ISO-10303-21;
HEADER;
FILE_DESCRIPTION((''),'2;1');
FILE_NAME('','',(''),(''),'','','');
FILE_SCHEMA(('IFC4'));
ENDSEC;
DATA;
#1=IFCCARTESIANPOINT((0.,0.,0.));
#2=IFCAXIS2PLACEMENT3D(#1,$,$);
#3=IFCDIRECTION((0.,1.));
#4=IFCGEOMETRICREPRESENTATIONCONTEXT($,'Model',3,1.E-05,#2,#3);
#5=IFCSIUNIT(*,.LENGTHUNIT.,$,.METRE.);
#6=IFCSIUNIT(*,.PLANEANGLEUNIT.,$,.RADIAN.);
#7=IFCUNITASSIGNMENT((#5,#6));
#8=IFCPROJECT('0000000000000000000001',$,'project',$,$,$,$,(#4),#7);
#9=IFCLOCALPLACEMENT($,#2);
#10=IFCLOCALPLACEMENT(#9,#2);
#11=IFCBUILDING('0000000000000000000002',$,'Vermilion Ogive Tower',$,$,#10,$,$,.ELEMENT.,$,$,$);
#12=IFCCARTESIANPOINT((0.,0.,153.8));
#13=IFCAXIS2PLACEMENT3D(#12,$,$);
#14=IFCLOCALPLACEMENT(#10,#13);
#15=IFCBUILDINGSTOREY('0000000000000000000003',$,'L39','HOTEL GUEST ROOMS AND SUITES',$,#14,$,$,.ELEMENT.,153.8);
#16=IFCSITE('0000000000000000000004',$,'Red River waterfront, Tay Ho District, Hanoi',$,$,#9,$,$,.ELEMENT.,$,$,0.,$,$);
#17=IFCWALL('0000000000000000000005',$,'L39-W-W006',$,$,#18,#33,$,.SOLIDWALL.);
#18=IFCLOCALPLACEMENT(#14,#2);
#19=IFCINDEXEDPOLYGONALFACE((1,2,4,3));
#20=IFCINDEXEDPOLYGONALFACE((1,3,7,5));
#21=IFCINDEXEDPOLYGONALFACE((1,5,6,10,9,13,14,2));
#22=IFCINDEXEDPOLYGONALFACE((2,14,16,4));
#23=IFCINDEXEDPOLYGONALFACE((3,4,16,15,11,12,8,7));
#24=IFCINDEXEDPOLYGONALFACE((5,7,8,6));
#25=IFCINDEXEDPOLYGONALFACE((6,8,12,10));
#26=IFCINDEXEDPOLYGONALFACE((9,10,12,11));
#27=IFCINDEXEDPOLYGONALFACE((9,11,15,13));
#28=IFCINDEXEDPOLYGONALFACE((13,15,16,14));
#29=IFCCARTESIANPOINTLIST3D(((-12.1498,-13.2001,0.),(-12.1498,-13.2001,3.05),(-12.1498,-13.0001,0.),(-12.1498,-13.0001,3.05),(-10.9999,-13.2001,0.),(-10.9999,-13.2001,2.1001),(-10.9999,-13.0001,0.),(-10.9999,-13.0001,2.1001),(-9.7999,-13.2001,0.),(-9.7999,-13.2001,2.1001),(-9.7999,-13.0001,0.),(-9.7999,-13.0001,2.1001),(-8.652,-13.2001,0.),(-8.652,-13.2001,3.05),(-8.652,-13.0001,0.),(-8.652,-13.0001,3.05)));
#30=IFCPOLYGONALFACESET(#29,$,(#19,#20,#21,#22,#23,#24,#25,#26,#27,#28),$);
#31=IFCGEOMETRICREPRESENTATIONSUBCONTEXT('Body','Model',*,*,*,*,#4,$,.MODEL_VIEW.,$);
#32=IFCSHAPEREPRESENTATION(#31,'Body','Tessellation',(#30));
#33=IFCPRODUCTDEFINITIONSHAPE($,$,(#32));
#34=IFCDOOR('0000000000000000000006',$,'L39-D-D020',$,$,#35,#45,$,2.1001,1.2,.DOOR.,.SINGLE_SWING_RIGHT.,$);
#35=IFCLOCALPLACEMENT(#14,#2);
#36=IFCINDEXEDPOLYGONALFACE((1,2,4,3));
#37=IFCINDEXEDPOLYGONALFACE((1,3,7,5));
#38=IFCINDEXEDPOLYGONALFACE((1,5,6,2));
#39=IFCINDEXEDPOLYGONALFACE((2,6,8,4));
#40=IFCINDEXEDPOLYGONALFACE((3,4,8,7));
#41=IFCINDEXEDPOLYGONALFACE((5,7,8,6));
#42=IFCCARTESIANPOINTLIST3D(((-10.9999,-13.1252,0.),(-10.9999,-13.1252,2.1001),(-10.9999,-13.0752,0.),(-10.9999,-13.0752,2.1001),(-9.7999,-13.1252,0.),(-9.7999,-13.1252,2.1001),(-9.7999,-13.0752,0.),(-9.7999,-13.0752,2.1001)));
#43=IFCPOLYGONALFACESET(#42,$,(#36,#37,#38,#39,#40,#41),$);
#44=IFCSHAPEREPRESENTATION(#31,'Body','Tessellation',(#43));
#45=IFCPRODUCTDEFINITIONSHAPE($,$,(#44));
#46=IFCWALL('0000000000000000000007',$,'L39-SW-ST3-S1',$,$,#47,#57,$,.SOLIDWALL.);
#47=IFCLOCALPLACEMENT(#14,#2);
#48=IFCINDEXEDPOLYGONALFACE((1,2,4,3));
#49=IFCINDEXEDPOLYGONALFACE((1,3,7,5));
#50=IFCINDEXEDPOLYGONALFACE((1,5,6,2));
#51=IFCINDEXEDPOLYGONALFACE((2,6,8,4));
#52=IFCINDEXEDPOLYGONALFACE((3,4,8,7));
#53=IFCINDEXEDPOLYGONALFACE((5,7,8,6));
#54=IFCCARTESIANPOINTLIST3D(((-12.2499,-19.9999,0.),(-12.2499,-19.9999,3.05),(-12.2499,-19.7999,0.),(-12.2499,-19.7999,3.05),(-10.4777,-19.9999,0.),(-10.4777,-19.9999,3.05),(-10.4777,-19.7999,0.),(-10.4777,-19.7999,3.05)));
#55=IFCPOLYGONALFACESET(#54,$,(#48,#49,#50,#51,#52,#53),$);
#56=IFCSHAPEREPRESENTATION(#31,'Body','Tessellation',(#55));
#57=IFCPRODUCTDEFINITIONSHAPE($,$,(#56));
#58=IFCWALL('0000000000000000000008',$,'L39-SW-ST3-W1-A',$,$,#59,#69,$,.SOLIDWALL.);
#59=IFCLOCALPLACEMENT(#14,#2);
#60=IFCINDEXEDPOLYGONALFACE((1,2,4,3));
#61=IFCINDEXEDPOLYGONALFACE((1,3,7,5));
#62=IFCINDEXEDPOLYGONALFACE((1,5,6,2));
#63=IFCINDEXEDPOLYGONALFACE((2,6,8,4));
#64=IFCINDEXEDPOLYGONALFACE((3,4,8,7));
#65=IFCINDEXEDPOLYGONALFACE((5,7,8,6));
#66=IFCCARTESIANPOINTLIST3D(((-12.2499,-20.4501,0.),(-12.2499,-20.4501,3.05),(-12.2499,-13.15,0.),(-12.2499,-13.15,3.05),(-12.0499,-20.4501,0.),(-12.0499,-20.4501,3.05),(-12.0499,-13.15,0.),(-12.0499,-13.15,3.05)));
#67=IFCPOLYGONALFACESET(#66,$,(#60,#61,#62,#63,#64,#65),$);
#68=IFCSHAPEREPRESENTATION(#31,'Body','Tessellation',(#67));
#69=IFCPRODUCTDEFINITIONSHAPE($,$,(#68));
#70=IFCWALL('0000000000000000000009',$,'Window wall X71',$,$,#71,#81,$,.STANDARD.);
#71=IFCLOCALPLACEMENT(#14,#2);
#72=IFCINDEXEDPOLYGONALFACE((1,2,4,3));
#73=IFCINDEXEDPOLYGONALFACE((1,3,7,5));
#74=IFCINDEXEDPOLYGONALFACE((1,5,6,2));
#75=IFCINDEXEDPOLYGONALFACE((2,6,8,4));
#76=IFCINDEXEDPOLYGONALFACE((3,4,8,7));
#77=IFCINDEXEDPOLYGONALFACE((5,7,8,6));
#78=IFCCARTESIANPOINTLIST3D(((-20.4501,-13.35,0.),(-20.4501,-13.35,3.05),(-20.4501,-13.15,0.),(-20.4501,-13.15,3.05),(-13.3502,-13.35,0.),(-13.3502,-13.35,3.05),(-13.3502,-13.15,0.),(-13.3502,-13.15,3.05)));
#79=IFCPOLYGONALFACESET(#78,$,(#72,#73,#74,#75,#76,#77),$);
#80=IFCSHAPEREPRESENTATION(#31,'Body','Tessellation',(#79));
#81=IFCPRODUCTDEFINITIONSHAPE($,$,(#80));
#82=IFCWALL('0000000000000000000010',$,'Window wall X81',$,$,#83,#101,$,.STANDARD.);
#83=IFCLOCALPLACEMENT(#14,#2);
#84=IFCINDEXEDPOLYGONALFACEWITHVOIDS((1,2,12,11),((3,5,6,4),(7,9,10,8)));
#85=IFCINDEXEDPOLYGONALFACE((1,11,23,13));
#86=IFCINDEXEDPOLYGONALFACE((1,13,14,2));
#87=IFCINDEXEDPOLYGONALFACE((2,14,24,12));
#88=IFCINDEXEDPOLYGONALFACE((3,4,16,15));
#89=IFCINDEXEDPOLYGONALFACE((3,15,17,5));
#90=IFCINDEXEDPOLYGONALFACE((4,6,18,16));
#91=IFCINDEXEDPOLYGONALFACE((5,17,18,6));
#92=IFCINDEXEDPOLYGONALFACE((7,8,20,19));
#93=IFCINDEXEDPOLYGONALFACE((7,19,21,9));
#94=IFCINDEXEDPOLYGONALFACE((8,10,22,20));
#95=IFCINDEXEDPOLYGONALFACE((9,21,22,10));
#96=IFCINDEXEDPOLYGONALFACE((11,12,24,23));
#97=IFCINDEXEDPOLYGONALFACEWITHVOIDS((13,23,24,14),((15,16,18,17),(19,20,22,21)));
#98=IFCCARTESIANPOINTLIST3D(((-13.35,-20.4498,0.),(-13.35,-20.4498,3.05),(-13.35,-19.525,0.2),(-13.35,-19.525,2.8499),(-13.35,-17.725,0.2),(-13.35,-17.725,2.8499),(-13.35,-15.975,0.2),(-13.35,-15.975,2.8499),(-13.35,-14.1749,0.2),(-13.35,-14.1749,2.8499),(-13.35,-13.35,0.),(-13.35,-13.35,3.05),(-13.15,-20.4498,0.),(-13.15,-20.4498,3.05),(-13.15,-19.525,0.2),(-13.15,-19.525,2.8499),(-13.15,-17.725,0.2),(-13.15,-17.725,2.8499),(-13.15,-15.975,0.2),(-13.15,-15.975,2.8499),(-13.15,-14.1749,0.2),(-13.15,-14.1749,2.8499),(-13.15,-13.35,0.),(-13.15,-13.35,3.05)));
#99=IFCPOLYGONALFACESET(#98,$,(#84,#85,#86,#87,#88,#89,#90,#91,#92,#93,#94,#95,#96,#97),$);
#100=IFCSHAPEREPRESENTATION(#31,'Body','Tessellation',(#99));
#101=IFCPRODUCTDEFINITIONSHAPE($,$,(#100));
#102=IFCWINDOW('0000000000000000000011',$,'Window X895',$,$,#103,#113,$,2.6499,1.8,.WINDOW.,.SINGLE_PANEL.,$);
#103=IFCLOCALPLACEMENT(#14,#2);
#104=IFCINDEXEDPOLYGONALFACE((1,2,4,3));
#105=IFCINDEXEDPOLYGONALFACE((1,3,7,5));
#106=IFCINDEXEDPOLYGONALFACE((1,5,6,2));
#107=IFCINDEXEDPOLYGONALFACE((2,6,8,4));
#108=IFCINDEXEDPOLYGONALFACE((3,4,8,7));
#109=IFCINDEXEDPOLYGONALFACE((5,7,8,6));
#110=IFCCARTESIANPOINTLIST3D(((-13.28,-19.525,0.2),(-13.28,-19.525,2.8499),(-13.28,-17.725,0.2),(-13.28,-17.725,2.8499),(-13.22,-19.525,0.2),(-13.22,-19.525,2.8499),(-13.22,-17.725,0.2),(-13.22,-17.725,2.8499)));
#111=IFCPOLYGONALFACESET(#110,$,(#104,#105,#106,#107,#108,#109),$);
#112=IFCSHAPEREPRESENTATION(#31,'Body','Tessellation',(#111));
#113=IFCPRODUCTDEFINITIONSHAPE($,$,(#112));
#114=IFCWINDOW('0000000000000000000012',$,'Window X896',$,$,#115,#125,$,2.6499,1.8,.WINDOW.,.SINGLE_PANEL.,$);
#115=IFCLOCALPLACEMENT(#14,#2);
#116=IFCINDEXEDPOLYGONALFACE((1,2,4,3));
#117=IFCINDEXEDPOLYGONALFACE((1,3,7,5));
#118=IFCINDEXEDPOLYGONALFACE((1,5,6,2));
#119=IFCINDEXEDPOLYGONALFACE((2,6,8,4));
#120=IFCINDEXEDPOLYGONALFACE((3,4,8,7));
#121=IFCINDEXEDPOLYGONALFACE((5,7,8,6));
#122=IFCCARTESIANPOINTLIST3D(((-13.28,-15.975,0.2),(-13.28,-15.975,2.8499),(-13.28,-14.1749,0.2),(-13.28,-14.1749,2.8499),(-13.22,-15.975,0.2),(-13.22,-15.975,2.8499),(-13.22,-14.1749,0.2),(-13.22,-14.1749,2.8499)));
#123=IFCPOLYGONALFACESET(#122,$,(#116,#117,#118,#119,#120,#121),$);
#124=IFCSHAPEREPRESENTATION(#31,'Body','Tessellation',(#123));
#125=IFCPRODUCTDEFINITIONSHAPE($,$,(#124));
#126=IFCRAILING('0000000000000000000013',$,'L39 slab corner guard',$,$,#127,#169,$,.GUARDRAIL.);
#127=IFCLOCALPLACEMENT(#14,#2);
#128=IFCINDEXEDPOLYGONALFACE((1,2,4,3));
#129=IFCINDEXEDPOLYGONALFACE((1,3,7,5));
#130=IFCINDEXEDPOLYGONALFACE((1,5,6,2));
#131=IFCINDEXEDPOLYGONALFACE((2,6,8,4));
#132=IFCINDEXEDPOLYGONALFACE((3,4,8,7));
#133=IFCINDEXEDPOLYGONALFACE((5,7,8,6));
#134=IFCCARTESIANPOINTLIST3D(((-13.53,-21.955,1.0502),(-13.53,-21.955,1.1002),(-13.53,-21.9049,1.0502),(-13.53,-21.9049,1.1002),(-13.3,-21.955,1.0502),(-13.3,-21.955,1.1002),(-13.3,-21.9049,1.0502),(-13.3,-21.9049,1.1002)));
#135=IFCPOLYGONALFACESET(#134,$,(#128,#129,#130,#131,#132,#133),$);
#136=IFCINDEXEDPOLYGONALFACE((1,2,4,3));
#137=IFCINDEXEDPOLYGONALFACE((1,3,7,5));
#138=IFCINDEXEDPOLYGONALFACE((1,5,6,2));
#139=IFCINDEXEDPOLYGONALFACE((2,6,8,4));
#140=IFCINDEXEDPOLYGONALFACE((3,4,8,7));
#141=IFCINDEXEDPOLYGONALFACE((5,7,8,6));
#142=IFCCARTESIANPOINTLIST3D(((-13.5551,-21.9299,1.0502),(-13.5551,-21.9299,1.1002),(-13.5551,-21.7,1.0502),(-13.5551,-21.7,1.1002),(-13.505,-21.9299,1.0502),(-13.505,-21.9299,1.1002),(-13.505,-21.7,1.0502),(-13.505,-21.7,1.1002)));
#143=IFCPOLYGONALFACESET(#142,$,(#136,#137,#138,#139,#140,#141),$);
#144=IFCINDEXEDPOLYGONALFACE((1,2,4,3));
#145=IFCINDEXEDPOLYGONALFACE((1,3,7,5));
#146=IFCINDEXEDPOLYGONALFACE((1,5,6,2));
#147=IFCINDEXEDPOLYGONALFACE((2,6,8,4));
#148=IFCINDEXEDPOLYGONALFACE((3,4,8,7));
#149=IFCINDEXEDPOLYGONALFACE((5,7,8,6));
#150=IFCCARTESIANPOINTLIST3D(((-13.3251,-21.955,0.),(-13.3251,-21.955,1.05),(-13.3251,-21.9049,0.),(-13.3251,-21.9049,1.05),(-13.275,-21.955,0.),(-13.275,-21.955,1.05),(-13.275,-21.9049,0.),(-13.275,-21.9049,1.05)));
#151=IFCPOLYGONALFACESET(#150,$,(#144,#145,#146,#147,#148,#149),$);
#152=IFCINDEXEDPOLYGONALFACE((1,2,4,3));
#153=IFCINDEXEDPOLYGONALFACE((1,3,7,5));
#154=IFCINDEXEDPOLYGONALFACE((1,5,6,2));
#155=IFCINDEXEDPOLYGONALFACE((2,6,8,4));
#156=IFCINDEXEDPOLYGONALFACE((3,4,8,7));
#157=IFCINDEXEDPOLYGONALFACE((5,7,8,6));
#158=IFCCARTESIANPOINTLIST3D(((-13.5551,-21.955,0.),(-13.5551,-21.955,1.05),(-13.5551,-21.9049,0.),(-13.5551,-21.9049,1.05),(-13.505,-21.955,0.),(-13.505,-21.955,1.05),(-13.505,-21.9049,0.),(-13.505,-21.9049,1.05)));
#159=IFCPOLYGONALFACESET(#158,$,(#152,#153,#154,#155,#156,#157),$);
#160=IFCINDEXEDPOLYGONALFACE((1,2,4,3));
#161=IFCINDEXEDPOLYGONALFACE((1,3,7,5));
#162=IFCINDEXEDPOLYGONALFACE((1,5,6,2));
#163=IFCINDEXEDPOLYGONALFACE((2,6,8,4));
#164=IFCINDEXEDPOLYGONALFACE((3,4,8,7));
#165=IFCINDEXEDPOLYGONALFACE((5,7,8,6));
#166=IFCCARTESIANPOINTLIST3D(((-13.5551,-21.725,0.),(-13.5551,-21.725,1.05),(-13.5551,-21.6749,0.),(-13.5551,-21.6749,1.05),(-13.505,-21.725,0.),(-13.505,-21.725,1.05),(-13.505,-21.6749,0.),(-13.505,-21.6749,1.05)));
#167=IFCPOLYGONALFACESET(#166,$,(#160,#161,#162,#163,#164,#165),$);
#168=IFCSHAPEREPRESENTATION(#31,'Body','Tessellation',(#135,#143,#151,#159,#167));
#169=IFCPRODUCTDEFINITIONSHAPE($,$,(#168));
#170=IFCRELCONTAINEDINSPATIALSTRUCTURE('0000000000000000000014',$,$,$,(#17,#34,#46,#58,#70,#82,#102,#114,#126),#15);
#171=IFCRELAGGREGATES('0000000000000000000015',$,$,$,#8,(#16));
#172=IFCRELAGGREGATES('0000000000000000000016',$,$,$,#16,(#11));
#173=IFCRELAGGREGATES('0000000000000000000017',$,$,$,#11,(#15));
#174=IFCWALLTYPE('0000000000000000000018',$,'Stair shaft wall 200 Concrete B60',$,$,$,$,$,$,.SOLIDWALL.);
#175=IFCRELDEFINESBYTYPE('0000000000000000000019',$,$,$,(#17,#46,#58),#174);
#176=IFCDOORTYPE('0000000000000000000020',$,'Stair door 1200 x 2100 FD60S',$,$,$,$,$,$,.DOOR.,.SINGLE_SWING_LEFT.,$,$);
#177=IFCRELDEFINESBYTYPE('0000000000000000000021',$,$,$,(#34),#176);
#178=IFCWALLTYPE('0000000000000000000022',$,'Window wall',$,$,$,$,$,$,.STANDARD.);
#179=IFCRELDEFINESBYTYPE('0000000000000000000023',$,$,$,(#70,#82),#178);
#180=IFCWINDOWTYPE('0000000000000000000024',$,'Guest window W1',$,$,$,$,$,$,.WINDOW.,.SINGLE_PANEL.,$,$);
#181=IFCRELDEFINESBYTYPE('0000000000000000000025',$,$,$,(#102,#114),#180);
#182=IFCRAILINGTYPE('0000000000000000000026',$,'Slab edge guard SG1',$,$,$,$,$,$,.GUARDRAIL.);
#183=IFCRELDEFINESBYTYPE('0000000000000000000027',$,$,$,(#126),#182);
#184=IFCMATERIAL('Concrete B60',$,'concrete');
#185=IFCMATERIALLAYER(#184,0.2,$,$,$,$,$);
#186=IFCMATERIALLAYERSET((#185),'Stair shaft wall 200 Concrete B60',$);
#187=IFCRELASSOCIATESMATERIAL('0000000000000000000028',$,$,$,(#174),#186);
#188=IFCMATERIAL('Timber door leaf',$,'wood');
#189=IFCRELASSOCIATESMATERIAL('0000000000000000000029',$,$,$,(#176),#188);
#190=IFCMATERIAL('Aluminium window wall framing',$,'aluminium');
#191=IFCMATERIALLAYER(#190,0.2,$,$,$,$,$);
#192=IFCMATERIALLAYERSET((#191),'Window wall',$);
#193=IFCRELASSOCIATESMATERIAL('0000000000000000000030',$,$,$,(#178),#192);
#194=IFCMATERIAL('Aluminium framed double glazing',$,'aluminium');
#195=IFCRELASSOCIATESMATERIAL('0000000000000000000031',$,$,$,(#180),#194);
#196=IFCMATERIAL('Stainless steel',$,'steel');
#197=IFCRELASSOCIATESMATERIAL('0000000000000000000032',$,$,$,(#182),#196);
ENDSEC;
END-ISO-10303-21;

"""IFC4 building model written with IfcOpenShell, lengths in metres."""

from ifc_helpers import new_model, si_unit, direction, frame, frame_2d, origin, origin_2d, place, context, subcontext, project, spatial, rectangle, extrude, material, layer, layer_set, type_object, element, fill, save


model = new_model("IFC4")

# Units and contexts
model_context = context("Model", 3, precision=1e-05, world=origin(), true_north=direction((0.0, 1.0)))
body_context = subcontext(model_context, "Body", "Model", "MODEL_VIEW")
ifc_project = project(units=[si_unit("LENGTHUNIT", "METRE"), si_unit("PLANEANGLEUNIT", "RADIAN")], contexts=[model_context])

# Site, building, storey
site_placement = place(None, origin())
site = spatial("IfcSite", under=ifc_project, at=site_placement, Name="Red River waterfront, Tay Ho District, Hanoi", CompositionType="ELEMENT", RefElevation=0.0)
building_placement = place(site_placement, origin())
building = spatial("IfcBuilding", under=site, at=building_placement, Name="Vermilion Ogive Tower", CompositionType="ELEMENT")
storey_placement = place(building_placement, frame((0.0, 0.0, 153.8)))
storey = spatial("IfcBuildingStorey", under=building, at=storey_placement, Name="L39", Description="HOTEL GUEST ROOMS AND SUITES", CompositionType="ELEMENT", Elevation=153.8)

# Wall, opening, door
ifc_material_1 = material(Name="Concrete B60", Category="concrete")
ifc_layer_1 = layer(ifc_material_1, 0.2)
ifc_layer_set_1 = layer_set([ifc_layer_1], Name="Stair shaft wall 200 Concrete B60")
wall_type_1 = type_object("IfcWallType", Name="Stair shaft wall 200 Concrete B60", PredefinedType="SOLIDWALL", material=ifc_layer_set_1)
wall_1_placement = place(storey_placement, frame((-12.1499, -13.1001, 0.0), z_axis=(0.0, 0.0, 1.0), x_axis=(1.0, 0.0, 0.0)))
wall_1 = element("IfcWall", 1, at=wall_1_placement, inside=storey, type_object=wall_type_1, Name="L39-W-W006", PredefinedType="SOLIDWALL", context=body_context, shape_type="SweptSolid", body=[
    extrude(rectangle(XDim=3.4978, YDim=0.2, at=frame_2d((1.749, 0.0))), origin(), (0.0, 0.0, 1.0), 3.05),
])
opening_1_placement = place(wall_1_placement, frame((1.1499, 0.0, 0.0)))
opening_1 = element("IfcOpeningElement", 2, at=opening_1_placement, cuts=wall_1, PredefinedType="OPENING", context=body_context, shape_type="SweptSolid", body=[
    extrude(rectangle(XDim=1.2, YDim=2.1001, at=frame_2d((0.6001, 1.05))), frame((0.0, 0.1099, 0.0), z_axis=(0.0, -1.0, 0.0), x_axis=(1.0, 0.0, 0.0)), (0.0, 0.0, 1.0), 0.22),
])
ifc_material_2 = material(Name="Timber door leaf", Category="wood")
door_type_1 = type_object("IfcDoorType", Name="Stair door 1200 x 2100 FD60S", OperationType="SINGLE_SWING_LEFT", PredefinedType="DOOR", material=ifc_material_2)
door_1_placement = place(opening_1_placement, origin())
door_1 = element("IfcDoor", 3, at=door_1_placement, inside=storey, type_object=door_type_1, Name="L39-D-D020", OperationType="SINGLE_SWING_RIGHT", OverallHeight=2.1001, OverallWidth=1.2, PredefinedType="DOOR", context=body_context, shape_type="SweptSolid", body=[
    extrude(rectangle(XDim=1.2, YDim=2.1001, at=frame_2d((0.6001, 1.05))), frame((0.0, 0.0249, 0.0), z_axis=(0.0, -1.0, 0.0), x_axis=(1.0, 0.0, 0.0)), (0.0, 0.0, 1.0), 0.05),
])
fill(opening_1, door_1)

# Walls
wall_2_placement = place(storey_placement, frame((-12.25, -19.8999, 0.0), z_axis=(0.0, 0.0, 1.0), x_axis=(1.0, 0.0, 0.0)))
element("IfcWall", 4, at=wall_2_placement, inside=storey, type_object=wall_type_1, Name="L39-SW-ST3-S1", PredefinedType="SOLIDWALL", context=body_context, shape_type="SweptSolid", body=[
    extrude(rectangle(XDim=1.7722, YDim=0.2, at=frame_2d((0.8862, 0.0))), origin(), (0.0, 0.0, 1.0), 3.05),
])
wall_3_placement = place(storey_placement, frame((-12.1499, -20.45, 0.0), z_axis=(0.0, 0.0, 1.0), x_axis=(0.0, 1.0, 0.0)))
element("IfcWall", 5, at=wall_3_placement, inside=storey, type_object=wall_type_1, Name="L39-SW-ST3-W1-A", PredefinedType="SOLIDWALL", context=body_context, shape_type="SweptSolid", body=[
    extrude(rectangle(XDim=7.3, YDim=0.2, at=frame_2d((3.6499, 0.0))), origin(), (0.0, 0.0, 1.0), 3.05),
])
ifc_material_3 = material(Name="Aluminium window wall framing", Category="aluminium")
ifc_layer_2 = layer(ifc_material_3, 0.2)
ifc_layer_set_2 = layer_set([ifc_layer_2], Name="Window wall")
wall_type_2 = type_object("IfcWallType", Name="Window wall", PredefinedType="STANDARD", material=ifc_layer_set_2)
wall_4_placement = place(storey_placement, frame((-20.45, -13.25, 0.0), z_axis=(0.0, 0.0, 1.0), x_axis=(1.0, 0.0, 0.0)))
element("IfcWall", 6, at=wall_4_placement, inside=storey, type_object=wall_type_2, Name="Window wall X71", PredefinedType="STANDARD", context=body_context, shape_type="SweptSolid", body=[
    extrude(rectangle(XDim=7.0999, YDim=0.2, at=frame_2d((3.5498, 0.0))), origin(), (0.0, 0.0, 1.0), 3.05),
])

# Wall, openings, windows
wall_5_placement = place(storey_placement, frame((-13.25, -13.3501, 0.0), z_axis=(0.0, 0.0, 1.0), x_axis=(0.0, -1.0, 0.0)))
wall_5 = element("IfcWall", 7, at=wall_5_placement, inside=storey, type_object=wall_type_2, Name="Window wall X81", PredefinedType="STANDARD", context=body_context, shape_type="SweptSolid", body=[
    extrude(rectangle(XDim=7.0999, YDim=0.2, at=frame_2d((3.5498, 0.0))), origin(), (0.0, 0.0, 1.0), 3.05),
])
opening_2_placement = place(wall_5_placement, frame((4.375, 0.0, 0.2)))
opening_2 = element("IfcOpeningElement", 8, at=opening_2_placement, cuts=wall_5, PredefinedType="OPENING", context=body_context, shape_type="SweptSolid", body=[
    extrude(rectangle(XDim=1.8, YDim=2.6499, at=frame_2d((0.8999, 1.325))), frame((0.0, 0.1099, 0.0), z_axis=(0.0, -1.0, 0.0), x_axis=(1.0, 0.0, 0.0)), (0.0, 0.0, 1.0), 0.22),
])
opening_3_placement = place(wall_5_placement, frame((0.825, 0.0, 0.2)))
opening_3 = element("IfcOpeningElement", 9, at=opening_3_placement, cuts=wall_5, PredefinedType="OPENING", context=body_context, shape_type="SweptSolid", body=[
    extrude(rectangle(XDim=1.8, YDim=2.6499, at=frame_2d((0.8999, 1.325))), frame((0.0, 0.1099, 0.0), z_axis=(0.0, -1.0, 0.0), x_axis=(1.0, 0.0, 0.0)), (0.0, 0.0, 1.0), 0.22),
])
ifc_material_4 = material(Name="Aluminium framed double glazing", Category="aluminium")
window_type = type_object("IfcWindowType", Name="Guest window W1", PartitioningType="SINGLE_PANEL", PredefinedType="WINDOW", material=ifc_material_4)
window_1_placement = place(opening_2_placement, origin())
window_1 = element("IfcWindow", 10, at=window_1_placement, inside=storey, type_object=window_type, Name="Window X895", OverallHeight=2.6499, OverallWidth=1.8, PartitioningType="SINGLE_PANEL", PredefinedType="WINDOW", context=body_context, shape_type="SweptSolid", body=[
    extrude(rectangle(XDim=1.8, YDim=2.6499, at=frame_2d((0.8999, 1.325))), frame((0.0, 0.03, 0.0), z_axis=(0.0, -1.0, 0.0), x_axis=(1.0, 0.0, 0.0)), (0.0, 0.0, 1.0), 0.0601),
])
fill(opening_2, window_1)
window_2_placement = place(opening_3_placement, origin())
window_2 = element("IfcWindow", 11, at=window_2_placement, inside=storey, type_object=window_type, Name="Window X896", OverallHeight=2.6499, OverallWidth=1.8, PartitioningType="SINGLE_PANEL", PredefinedType="WINDOW", context=body_context, shape_type="SweptSolid", body=[
    extrude(rectangle(XDim=1.8, YDim=2.6499, at=frame_2d((0.8999, 1.325))), frame((0.0, 0.03, 0.0), z_axis=(0.0, -1.0, 0.0), x_axis=(1.0, 0.0, 0.0)), (0.0, 0.0, 1.0), 0.0601),
])
fill(opening_3, window_2)

# Railing
ifc_material_5 = material(Name="Stainless steel", Category="steel")
railing_type = type_object("IfcRailingType", Name="Slab edge guard SG1", PredefinedType="GUARDRAIL", material=ifc_material_5)
railing_1_placement = place(storey_placement, frame((-13.3, -21.9299, 0.0)))
element("IfcRailing", 12, at=railing_1_placement, inside=storey, type_object=railing_type, Name="L39 slab corner guard", PredefinedType="GUARDRAIL", context=body_context, shape_type="SweptSolid", body=[
    extrude(rectangle(XDim=0.05, YDim=0.05, at=origin_2d()), frame((0.0, 0.0, 1.0752), z_axis=(-1.0, 0.0, 0.0), x_axis=(0.0, -1.0, 0.0)), (0.0, 0.0, 1.0), 0.23),
    extrude(rectangle(XDim=0.05, YDim=0.05, at=origin_2d()), frame((-0.23, 0.0, 1.0752), z_axis=(0.0, 1.0, 0.0), x_axis=(-1.0, 0.0, 0.0)), (0.0, 0.0, 1.0), 0.23),
    extrude(rectangle(XDim=0.05, YDim=0.05, at=origin_2d()), origin(), (0.0, 0.0, 1.0), 1.05),
    extrude(rectangle(XDim=0.05, YDim=0.05, at=origin_2d()), frame((-0.23, 0.0, 0.0)), (0.0, 0.0, 1.0), 1.05),
    extrude(rectangle(XDim=0.05, YDim=0.05, at=origin_2d()), frame((-0.23, 0.23, 0.0)), (0.0, 0.0, 1.0), 1.05),
])

save(model, "model.ifc")
